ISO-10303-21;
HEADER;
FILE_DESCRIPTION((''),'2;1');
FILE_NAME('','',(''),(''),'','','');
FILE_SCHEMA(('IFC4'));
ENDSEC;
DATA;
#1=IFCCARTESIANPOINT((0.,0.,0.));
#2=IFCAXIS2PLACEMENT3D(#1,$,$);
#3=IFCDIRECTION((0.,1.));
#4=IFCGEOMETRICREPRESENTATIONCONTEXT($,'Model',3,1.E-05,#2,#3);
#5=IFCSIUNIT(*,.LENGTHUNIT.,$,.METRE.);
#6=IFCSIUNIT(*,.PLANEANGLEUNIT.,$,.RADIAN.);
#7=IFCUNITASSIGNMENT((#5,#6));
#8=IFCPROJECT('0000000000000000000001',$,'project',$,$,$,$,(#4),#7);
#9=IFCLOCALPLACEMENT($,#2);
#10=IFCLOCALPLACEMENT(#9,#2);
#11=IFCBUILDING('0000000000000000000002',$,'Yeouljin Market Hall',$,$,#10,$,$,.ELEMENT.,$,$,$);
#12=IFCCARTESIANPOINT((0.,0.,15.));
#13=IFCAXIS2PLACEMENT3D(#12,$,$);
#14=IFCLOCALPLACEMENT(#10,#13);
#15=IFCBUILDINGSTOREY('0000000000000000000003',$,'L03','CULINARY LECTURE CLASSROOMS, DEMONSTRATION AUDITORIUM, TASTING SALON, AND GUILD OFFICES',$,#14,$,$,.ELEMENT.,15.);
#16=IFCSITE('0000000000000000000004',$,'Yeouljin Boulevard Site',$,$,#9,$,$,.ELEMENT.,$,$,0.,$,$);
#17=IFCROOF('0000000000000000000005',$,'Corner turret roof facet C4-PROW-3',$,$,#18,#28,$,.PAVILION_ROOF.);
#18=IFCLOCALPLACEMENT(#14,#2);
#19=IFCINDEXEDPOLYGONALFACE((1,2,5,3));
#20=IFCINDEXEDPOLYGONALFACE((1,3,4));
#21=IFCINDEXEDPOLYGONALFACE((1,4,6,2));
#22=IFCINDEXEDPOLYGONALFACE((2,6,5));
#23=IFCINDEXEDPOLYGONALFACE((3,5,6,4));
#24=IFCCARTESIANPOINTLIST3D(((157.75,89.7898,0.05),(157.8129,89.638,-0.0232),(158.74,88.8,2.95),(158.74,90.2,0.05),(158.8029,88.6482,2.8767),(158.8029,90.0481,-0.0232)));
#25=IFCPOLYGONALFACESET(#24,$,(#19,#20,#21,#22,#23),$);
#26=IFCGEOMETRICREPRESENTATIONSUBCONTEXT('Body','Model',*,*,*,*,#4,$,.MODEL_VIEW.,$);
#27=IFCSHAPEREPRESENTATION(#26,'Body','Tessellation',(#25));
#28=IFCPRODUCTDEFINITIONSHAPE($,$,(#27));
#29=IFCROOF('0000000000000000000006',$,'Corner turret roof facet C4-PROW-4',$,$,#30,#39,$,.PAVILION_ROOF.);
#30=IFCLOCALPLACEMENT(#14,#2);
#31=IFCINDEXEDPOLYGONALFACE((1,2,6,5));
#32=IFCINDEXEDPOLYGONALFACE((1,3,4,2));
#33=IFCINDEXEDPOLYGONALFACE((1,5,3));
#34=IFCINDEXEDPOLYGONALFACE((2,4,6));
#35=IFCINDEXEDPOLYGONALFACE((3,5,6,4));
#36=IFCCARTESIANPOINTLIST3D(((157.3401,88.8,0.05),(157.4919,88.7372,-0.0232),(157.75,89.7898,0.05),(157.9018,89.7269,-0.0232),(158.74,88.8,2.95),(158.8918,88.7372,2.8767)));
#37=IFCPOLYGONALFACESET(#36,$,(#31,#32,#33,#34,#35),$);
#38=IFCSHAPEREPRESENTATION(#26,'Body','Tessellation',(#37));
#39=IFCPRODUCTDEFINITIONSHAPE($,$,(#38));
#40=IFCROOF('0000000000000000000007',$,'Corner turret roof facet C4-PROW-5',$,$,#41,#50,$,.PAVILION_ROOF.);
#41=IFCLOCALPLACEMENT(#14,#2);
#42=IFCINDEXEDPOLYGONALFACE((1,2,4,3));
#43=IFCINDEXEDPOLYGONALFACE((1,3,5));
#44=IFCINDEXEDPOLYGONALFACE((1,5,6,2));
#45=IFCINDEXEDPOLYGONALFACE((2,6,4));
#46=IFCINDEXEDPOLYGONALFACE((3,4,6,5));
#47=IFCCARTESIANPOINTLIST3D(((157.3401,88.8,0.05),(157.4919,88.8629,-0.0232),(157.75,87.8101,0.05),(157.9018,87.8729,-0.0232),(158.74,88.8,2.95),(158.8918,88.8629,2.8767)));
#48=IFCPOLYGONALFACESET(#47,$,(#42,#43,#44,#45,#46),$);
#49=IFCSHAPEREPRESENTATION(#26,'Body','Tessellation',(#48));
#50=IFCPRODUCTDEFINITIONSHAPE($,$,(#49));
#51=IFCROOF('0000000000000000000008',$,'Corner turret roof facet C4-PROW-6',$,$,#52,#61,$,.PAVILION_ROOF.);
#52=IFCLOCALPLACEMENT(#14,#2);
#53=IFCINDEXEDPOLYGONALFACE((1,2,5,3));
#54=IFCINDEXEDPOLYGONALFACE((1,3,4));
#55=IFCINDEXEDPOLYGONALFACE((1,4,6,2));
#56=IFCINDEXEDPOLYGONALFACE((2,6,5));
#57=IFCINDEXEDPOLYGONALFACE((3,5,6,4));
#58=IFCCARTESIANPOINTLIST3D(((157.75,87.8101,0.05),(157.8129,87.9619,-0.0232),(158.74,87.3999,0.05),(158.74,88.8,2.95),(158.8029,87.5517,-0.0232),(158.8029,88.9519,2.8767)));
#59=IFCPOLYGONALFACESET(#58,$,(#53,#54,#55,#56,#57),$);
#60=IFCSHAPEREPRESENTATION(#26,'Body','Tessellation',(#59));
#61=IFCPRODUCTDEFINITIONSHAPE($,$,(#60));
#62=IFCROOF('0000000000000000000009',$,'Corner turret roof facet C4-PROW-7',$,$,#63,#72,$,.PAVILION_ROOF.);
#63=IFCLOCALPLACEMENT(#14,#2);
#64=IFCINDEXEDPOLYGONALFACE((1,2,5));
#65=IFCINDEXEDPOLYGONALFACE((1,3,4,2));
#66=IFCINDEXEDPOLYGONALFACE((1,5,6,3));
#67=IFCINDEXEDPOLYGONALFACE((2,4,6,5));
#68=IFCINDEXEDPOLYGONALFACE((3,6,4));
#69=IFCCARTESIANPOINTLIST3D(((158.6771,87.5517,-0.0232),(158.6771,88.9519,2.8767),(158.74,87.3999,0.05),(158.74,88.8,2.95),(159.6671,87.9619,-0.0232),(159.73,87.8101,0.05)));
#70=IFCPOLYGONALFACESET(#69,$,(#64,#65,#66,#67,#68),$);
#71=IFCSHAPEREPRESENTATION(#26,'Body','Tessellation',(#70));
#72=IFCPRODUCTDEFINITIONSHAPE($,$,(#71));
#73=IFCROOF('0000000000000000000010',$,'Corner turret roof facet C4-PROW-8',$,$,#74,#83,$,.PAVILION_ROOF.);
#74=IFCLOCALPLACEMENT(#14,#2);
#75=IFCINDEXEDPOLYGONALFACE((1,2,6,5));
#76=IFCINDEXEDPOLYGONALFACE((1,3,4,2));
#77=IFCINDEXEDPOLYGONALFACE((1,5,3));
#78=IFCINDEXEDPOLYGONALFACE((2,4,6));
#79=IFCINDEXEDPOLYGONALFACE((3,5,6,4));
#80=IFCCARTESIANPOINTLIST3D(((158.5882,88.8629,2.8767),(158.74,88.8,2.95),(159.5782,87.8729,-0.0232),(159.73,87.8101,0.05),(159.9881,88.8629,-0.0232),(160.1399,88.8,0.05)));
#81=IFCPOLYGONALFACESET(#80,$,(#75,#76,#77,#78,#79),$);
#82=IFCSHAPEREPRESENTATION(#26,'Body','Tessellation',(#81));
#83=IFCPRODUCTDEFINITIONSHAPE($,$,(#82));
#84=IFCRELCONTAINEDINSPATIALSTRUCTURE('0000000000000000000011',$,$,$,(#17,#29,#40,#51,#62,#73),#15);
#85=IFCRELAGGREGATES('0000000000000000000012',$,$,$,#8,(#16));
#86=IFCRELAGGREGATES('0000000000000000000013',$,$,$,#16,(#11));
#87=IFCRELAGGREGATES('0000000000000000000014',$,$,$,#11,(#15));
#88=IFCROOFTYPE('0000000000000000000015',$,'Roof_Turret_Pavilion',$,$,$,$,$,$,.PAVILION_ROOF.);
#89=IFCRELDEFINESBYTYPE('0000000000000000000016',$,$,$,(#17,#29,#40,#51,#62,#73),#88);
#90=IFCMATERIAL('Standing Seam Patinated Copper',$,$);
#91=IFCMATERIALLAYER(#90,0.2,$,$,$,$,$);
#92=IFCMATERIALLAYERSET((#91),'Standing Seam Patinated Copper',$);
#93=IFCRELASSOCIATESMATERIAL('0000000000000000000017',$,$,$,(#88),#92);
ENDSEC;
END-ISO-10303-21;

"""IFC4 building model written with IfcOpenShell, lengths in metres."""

from ifc_helpers import new_model, si_unit, direction, frame, origin, place, context, subcontext, project, spatial, polyline, outline, extrude, material, layer, layer_set, type_object, element, save


model = new_model("IFC4")

# Units and contexts
model_context = context("Model", 3, precision=1e-05, world=origin(), true_north=direction((0.0, 1.0)))
body_context = subcontext(model_context, "Body", "Model", "MODEL_VIEW")
ifc_project = project(units=[si_unit("LENGTHUNIT", "METRE"), si_unit("PLANEANGLEUNIT", "RADIAN")], contexts=[model_context])

# Site, building, storey
site_placement = place(None, origin())
site = spatial("IfcSite", under=ifc_project, at=site_placement, Name="Yeouljin Boulevard Site", CompositionType="ELEMENT", RefElevation=0.0)
building_placement = place(site_placement, origin())
building = spatial("IfcBuilding", under=site, at=building_placement, Name="Yeouljin Market Hall", CompositionType="ELEMENT")
storey_placement = place(building_placement, frame((0.0, 0.0, 15.0)))
storey = spatial("IfcBuildingStorey", under=building, at=storey_placement, Name="L03", Description="CULINARY LECTURE CLASSROOMS, DEMONSTRATION AUDITORIUM, TASTING SALON, AND GUILD OFFICES", CompositionType="ELEMENT", Elevation=15.0)

# Roofs
ifc_material_1 = material(Name="Standing Seam Patinated Copper")
ifc_layer_1 = layer(ifc_material_1, 0.2)
ifc_layer_set_1 = layer_set([ifc_layer_1], Name="Standing Seam Patinated Copper")
roof_type_1 = type_object("IfcRoofType", Name="Roof_Turret_Pavilion", PredefinedType="PAVILION_ROOF", material=ifc_layer_set_1)
roof_1_placement = place(storey_placement, frame((158.74, 88.8, 2.95), z_axis=(-0.349566, 0.843743, 0.40731), x_axis=(0.0, 0.434736, -0.900558)))
element("IfcRoof", 1, at=roof_1_placement, inside=storey, type_object=roof_type_1, Name="Corner turret roof facet C4-PROW-3", PredefinedType="PAVILION_ROOF", context=body_context, shape_type="SweptSolid", body=[
    extrude(outline(polyline([(0.0, 0.0), (3.2201, 0.0), (3.0418, 1.0567), (0.0, 0.0)])), origin(), (0.0, 0.0, -1.0), 0.1799),
])
roof_2_placement = place(storey_placement, frame((158.74, 88.8, 2.95), z_axis=(-0.843779, 0.349459, 0.407327), x_axis=(-0.30744, 0.307364, -0.90056)))
element("IfcRoof", 2, at=roof_2_placement, inside=storey, type_object=roof_type_1, Name="Corner turret roof facet C4-PROW-4", PredefinedType="PAVILION_ROOF", context=body_context, shape_type="SweptSolid", body=[
    extrude(outline(polyline([(0.0, 0.0), (3.2201, 0.0), (3.0419, 1.0563), (0.0, 0.0)])), origin(), (0.0, 0.0, -1.0), 0.1799),
])
roof_3_placement = place(storey_placement, frame((158.74, 88.8, 2.95), z_axis=(-0.843805, -0.349383, 0.407339), x_axis=(-0.434736, 0.0, -0.900558)))
element("IfcRoof", 3, at=roof_3_placement, inside=storey, type_object=roof_type_1, Name="Corner turret roof facet C4-PROW-5", PredefinedType="PAVILION_ROOF", context=body_context, shape_type="SweptSolid", body=[
    extrude(outline(polyline([(0.0, 0.0), (3.2201, 0.0), (3.0419, 1.0566), (0.0, 0.0)])), origin(), (0.0, 0.0, -1.0), 0.1799),
])
roof_4_placement = place(storey_placement, frame((158.74, 88.8, 2.95), z_axis=(-0.349556, -0.843719, 0.407369), x_axis=(-0.307433, -0.307433, -0.900539)))
element("IfcRoof", 4, at=roof_4_placement, inside=storey, type_object=roof_type_1, Name="Corner turret roof facet C4-PROW-6", PredefinedType="PAVILION_ROOF", context=body_context, shape_type="SweptSolid", body=[
    extrude(outline(polyline([(0.0, 0.0), (3.2202, 0.0), (3.0419, 1.0567), (0.0, 0.0)])), origin(), (0.0, 0.0, -1.0), 0.1799),
])
roof_5_placement = place(storey_placement, frame((158.74, 88.8, 2.95), z_axis=(0.349556, -0.843719, 0.407369), x_axis=(0.0, -0.434798, -0.900528)))
element("IfcRoof", 5, at=roof_5_placement, inside=storey, type_object=roof_type_1, Name="Corner turret roof facet C4-PROW-7", PredefinedType="PAVILION_ROOF", context=body_context, shape_type="SweptSolid", body=[
    extrude(outline(polyline([(0.0, 0.0), (3.2202, 0.0), (3.0419, 1.0566), (0.0, 0.0)])), origin(), (0.0, 0.0, -1.0), 0.1799),
])
roof_6_placement = place(storey_placement, frame((158.74, 88.8, 2.95), z_axis=(0.843805, -0.349383, 0.407339), x_axis=(0.307433, -0.307433, -0.900539)))
element("IfcRoof", 6, at=roof_6_placement, inside=storey, type_object=roof_type_1, Name="Corner turret roof facet C4-PROW-8", PredefinedType="PAVILION_ROOF", context=body_context, shape_type="SweptSolid", body=[
    extrude(outline(polyline([(0.0, 0.0), (3.2202, 0.0), (3.0419, 1.0566), (0.0, 0.0)])), origin(), (0.0, 0.0, -1.0), 0.1799),
])

save(model, "model.ifc")
